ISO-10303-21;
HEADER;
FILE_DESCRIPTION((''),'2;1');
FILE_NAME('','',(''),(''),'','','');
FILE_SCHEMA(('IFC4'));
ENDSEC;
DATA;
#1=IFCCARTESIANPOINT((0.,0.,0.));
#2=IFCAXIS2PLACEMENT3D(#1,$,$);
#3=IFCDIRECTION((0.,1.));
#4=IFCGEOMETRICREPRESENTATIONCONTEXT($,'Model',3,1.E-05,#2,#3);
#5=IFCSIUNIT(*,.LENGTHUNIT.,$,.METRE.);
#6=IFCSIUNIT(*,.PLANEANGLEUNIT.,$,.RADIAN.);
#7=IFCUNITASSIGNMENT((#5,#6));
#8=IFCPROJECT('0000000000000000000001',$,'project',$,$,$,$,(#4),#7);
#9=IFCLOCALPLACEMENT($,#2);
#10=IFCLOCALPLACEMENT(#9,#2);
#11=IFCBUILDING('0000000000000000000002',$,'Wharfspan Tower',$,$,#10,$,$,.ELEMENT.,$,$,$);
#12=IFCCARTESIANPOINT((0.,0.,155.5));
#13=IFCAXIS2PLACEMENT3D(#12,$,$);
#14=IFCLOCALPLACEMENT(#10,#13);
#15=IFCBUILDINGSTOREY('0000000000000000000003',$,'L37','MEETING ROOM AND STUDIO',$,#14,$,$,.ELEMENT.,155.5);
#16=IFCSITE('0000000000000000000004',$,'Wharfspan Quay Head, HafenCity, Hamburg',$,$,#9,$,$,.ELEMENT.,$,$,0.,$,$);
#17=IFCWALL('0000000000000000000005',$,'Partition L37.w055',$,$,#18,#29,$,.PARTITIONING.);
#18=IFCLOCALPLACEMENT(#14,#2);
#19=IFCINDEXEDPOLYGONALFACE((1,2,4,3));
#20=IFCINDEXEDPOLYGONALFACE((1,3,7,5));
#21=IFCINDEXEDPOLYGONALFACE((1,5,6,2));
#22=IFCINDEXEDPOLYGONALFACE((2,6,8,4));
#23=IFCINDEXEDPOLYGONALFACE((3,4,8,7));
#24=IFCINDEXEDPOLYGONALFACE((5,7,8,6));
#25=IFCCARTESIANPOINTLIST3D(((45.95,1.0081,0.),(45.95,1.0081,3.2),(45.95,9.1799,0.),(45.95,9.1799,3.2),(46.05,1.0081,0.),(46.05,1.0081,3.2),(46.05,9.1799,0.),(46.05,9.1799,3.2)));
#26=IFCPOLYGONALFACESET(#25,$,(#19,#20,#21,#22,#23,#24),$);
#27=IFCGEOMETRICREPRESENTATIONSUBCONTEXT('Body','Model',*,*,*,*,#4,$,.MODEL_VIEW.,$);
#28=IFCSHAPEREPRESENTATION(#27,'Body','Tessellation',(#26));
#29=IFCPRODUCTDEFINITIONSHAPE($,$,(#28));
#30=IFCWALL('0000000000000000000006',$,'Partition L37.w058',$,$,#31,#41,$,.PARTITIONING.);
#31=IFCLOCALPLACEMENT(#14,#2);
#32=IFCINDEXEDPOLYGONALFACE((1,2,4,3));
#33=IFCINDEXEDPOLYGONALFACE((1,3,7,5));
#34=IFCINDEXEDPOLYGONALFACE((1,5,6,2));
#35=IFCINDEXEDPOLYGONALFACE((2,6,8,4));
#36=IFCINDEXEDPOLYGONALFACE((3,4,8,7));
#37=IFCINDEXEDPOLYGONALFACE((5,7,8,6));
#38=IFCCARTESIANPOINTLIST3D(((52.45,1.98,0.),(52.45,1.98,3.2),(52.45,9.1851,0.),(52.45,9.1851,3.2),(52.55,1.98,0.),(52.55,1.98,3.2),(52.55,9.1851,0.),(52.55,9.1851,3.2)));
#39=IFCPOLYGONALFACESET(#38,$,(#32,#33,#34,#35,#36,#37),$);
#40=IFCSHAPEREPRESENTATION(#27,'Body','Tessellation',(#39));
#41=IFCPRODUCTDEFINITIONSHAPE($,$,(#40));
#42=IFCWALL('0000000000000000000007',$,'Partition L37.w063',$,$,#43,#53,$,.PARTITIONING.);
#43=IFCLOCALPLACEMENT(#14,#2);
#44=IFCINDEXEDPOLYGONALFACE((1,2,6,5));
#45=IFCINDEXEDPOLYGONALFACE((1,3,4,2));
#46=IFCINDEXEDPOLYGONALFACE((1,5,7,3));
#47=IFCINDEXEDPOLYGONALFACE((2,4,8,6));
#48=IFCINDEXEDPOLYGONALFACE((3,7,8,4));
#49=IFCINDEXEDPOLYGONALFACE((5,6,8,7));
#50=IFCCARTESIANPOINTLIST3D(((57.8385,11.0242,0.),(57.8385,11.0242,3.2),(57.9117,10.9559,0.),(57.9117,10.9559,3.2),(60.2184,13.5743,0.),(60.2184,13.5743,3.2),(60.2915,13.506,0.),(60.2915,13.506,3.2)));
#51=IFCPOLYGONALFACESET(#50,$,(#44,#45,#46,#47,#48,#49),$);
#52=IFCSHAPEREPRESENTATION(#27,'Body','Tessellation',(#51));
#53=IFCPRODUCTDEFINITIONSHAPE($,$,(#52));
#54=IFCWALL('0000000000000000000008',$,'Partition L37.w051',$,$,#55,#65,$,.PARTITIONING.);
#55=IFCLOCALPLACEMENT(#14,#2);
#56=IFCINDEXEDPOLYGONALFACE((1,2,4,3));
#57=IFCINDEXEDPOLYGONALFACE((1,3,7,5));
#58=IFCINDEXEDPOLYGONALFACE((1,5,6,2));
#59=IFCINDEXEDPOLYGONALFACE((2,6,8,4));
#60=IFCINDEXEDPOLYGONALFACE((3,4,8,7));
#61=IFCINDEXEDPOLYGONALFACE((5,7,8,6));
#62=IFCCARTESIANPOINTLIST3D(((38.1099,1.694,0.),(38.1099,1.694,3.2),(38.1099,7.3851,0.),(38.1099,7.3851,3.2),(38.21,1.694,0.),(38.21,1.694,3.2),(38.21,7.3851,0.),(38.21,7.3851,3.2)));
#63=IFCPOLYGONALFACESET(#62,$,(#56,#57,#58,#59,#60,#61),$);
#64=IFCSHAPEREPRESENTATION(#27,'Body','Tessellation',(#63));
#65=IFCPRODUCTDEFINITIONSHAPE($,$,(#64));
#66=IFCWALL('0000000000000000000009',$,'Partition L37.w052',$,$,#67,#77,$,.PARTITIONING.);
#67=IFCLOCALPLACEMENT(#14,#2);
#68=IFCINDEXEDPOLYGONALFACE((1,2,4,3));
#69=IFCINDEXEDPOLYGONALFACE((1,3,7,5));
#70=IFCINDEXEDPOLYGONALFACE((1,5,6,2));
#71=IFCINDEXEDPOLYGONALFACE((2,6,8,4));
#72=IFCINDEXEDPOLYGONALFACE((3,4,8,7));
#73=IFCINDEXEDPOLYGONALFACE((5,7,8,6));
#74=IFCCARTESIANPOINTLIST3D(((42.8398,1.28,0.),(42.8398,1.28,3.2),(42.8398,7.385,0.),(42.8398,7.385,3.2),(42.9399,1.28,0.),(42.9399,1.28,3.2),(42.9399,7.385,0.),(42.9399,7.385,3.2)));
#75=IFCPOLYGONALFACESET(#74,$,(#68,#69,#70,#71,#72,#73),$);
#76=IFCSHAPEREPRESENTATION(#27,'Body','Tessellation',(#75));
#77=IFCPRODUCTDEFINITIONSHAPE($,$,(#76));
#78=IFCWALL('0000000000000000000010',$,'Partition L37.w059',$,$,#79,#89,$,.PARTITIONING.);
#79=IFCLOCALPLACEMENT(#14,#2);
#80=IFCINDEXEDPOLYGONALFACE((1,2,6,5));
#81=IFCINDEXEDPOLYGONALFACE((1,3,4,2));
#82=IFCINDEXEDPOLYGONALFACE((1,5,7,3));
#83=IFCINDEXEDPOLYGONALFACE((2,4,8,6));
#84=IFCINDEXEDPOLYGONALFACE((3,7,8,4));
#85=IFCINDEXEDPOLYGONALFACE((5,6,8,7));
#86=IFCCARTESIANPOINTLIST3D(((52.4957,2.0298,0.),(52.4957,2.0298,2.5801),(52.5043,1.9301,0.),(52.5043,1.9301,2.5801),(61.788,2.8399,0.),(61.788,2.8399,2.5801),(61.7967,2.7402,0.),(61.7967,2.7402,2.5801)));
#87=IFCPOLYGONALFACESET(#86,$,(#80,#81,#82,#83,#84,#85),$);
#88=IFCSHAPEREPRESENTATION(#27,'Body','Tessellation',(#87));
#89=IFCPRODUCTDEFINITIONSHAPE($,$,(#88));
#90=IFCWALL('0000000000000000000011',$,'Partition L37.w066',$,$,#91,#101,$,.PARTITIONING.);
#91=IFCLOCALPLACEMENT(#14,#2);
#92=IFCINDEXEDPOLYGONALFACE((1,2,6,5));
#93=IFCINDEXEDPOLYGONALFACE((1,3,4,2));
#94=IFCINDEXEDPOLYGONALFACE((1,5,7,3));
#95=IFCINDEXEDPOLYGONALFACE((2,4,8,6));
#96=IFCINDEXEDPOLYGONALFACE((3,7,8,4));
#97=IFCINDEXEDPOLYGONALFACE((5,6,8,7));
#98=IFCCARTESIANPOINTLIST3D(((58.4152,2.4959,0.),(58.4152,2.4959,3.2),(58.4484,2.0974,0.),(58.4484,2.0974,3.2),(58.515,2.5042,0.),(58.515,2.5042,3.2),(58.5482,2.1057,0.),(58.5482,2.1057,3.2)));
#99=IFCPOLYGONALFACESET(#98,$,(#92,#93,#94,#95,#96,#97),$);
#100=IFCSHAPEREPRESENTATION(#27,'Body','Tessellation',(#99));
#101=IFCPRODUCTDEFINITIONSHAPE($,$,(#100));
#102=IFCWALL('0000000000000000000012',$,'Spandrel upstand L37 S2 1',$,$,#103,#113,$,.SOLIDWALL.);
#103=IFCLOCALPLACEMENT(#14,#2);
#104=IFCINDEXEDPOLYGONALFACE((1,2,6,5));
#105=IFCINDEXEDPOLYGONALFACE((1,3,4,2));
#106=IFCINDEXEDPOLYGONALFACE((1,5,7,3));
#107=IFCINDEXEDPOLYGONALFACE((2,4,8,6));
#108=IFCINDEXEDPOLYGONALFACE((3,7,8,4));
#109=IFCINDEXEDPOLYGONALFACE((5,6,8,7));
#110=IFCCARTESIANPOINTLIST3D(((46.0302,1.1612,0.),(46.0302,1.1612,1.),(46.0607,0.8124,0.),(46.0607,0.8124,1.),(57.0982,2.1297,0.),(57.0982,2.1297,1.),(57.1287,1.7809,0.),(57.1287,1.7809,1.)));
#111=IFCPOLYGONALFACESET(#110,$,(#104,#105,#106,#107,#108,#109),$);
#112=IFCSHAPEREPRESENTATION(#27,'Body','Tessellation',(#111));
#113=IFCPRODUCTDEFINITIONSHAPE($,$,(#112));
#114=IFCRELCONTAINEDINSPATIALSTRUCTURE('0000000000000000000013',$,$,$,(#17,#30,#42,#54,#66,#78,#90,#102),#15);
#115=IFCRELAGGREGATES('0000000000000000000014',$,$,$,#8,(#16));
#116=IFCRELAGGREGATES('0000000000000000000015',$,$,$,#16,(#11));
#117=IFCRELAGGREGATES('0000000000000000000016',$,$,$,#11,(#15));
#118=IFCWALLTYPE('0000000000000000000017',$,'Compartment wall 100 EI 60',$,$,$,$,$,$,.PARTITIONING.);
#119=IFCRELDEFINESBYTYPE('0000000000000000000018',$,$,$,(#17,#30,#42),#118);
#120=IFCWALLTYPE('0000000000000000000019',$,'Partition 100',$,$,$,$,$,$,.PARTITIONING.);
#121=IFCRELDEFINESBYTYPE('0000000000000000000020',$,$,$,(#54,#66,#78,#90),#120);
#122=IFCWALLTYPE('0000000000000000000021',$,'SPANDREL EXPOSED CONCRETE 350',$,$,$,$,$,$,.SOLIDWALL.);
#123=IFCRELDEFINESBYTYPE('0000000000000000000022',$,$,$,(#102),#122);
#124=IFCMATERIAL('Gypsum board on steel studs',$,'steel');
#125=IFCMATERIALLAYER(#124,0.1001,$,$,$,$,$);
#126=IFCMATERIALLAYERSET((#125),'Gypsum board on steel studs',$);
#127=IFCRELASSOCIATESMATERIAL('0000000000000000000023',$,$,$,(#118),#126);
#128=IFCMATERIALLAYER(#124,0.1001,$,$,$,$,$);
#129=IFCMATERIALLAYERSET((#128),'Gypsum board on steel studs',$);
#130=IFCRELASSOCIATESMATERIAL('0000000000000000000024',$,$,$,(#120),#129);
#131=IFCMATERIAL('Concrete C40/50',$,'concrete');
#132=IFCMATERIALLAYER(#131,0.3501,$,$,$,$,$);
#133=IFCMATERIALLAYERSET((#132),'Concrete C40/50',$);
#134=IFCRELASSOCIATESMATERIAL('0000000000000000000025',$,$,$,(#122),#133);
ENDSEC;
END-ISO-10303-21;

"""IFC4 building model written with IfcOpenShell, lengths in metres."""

from ifc_helpers import new_model, si_unit, direction, frame, frame_2d, origin, place, context, subcontext, project, spatial, rectangle, extrude, material, layer, layer_set, type_object, element, save


model = new_model("IFC4")

# Units and contexts
model_context = context("Model", 3, precision=1e-05, world=origin(), true_north=direction((0.0, 1.0)))
body_context = subcontext(model_context, "Body", "Model", "MODEL_VIEW")
ifc_project = project(units=[si_unit("LENGTHUNIT", "METRE"), si_unit("PLANEANGLEUNIT", "RADIAN")], contexts=[model_context])

# Site, building, storey
site_placement = place(None, origin())
site = spatial("IfcSite", under=ifc_project, at=site_placement, Name="Wharfspan Quay Head, HafenCity, Hamburg", CompositionType="ELEMENT", RefElevation=0.0)
building_placement = place(site_placement, origin())
building = spatial("IfcBuilding", under=site, at=building_placement, Name="Wharfspan Tower", CompositionType="ELEMENT")
storey_placement = place(building_placement, frame((0.0, 0.0, 155.5)))
storey = spatial("IfcBuildingStorey", under=building, at=storey_placement, Name="L37", Description="MEETING ROOM AND STUDIO", CompositionType="ELEMENT", Elevation=155.5)

# Walls
ifc_material_1 = material(Name="Gypsum board on steel studs", Category="steel")
ifc_layer_1 = layer(ifc_material_1, 0.1001)
ifc_layer_set_1 = layer_set([ifc_layer_1], Name="Gypsum board on steel studs")
wall_type_1 = type_object("IfcWallType", Name="Compartment wall 100 EI 60", PredefinedType="PARTITIONING", material=ifc_layer_set_1)
wall_1_placement = place(storey_placement, frame((46.0, 1.0081, 0.0), z_axis=(0.0, 0.0, 1.0), x_axis=(0.0, 1.0, 0.0)))
element("IfcWall", 1, at=wall_1_placement, inside=storey, type_object=wall_type_1, Name="Partition L37.w055", PredefinedType="PARTITIONING", context=body_context, shape_type="SweptSolid", body=[
    extrude(rectangle(XDim=8.1719, YDim=0.1001, at=frame_2d((4.0859, 0.0))), origin(), (0.0, 0.0, 1.0), 3.2),
])
wall_2_placement = place(storey_placement, frame((52.5, 1.98, 0.0), z_axis=(0.0, 0.0, 1.0), x_axis=(0.0, 1.0, 0.0)))
element("IfcWall", 2, at=wall_2_placement, inside=storey, type_object=wall_type_1, Name="Partition L37.w058", PredefinedType="PARTITIONING", context=body_context, shape_type="SweptSolid", body=[
    extrude(rectangle(XDim=7.2051, YDim=0.1001, at=frame_2d((3.6025, 0.0))), origin(), (0.0, 0.0, 1.0), 3.2),
])
wall_3_placement = place(storey_placement, frame((57.875, 10.99, 0.0), z_axis=(0.0, 0.0, 1.0), x_axis=(0.68229, 0.731075, 0.0)))
element("IfcWall", 3, at=wall_3_placement, inside=storey, type_object=wall_type_1, Name="Partition L37.w063", PredefinedType="PARTITIONING", context=body_context, shape_type="SweptSolid", body=[
    extrude(rectangle(XDim=3.488, YDim=0.1001, at=frame_2d((1.7441, 0.0))), origin(), (0.0, 0.0, 1.0), 3.2),
])
ifc_layer_2 = layer(ifc_material_1, 0.1001)
ifc_layer_set_2 = layer_set([ifc_layer_2], Name="Gypsum board on steel studs")
wall_type_2 = type_object("IfcWallType", Name="Partition 100", PredefinedType="PARTITIONING", material=ifc_layer_set_2)
wall_4_placement = place(storey_placement, frame((38.1599, 1.6938, 0.0), z_axis=(0.0, 0.0, 1.0), x_axis=(0.0, 1.0, 0.0)))
element("IfcWall", 4, at=wall_4_placement, inside=storey, type_object=wall_type_2, Name="Partition L37.w051", PredefinedType="PARTITIONING", context=body_context, shape_type="SweptSolid", body=[
    extrude(rectangle(XDim=5.6912, YDim=0.1001, at=frame_2d((2.8457, 0.0))), origin(), (0.0, 0.0, 1.0), 3.2),
])
wall_5_placement = place(storey_placement, frame((42.8899, 1.28, 0.0), z_axis=(0.0, 0.0, 1.0), x_axis=(0.0, 1.0, 0.0)))
element("IfcWall", 5, at=wall_5_placement, inside=storey, type_object=wall_type_2, Name="Partition L37.w052", PredefinedType="PARTITIONING", context=body_context, shape_type="SweptSolid", body=[
    extrude(rectangle(XDim=6.105, YDim=0.1001, at=frame_2d((3.0525, 0.0))), origin(), (0.0, 0.0, 1.0), 3.2),
])
wall_6_placement = place(storey_placement, frame((52.5, 1.98, 0.0), z_axis=(0.0, 0.0, 1.0), x_axis=(0.99622, 0.086844, 0.0)))
element("IfcWall", 6, at=wall_6_placement, inside=storey, type_object=wall_type_2, Name="Partition L37.w059", PredefinedType="PARTITIONING", context=body_context, shape_type="SweptSolid", body=[
    extrude(rectangle(XDim=9.3276, YDim=0.1001, at=frame_2d((4.6638, 0.0))), origin(), (0.0, 0.0, 1.0), 2.5801),
])
wall_7_placement = place(storey_placement, frame((58.4983, 2.1016, 0.0), z_axis=(0.0, 0.0, 1.0), x_axis=(-0.083045, 0.996542, 0.0)))
element("IfcWall", 7, at=wall_7_placement, inside=storey, type_object=wall_type_2, Name="Partition L37.w066", PredefinedType="PARTITIONING", context=body_context, shape_type="SweptSolid", body=[
    extrude(rectangle(XDim=0.3999, YDim=0.1001, at=frame_2d((0.2, 0.0))), origin(), (0.0, 0.0, 1.0), 3.2),
])
ifc_material_2 = material(Name="Concrete C40/50", Category="concrete")
ifc_layer_3 = layer(ifc_material_2, 0.3501)
ifc_layer_set_3 = layer_set([ifc_layer_3], Name="Concrete C40/50")
wall_type_3 = type_object("IfcWallType", Name="SPANDREL EXPOSED CONCRETE 350", PredefinedType="SOLIDWALL", material=ifc_layer_set_3)
wall_8_placement = place(storey_placement, frame((46.0454, 0.9868, 0.0), z_axis=(0.0, 0.0, 1.0), x_axis=(0.996193, 0.087171, 0.0)))
element("IfcWall", 8, at=wall_8_placement, inside=storey, type_object=wall_type_3, Name="Spandrel upstand L37 S2 1", PredefinedType="SOLIDWALL", context=body_context, shape_type="SweptSolid", body=[
    extrude(rectangle(XDim=11.1104, YDim=0.3501, at=frame_2d((5.5552, 0.0))), origin(), (0.0, 0.0, 1.0), 1.0),
])

save(model, "model.ifc")
